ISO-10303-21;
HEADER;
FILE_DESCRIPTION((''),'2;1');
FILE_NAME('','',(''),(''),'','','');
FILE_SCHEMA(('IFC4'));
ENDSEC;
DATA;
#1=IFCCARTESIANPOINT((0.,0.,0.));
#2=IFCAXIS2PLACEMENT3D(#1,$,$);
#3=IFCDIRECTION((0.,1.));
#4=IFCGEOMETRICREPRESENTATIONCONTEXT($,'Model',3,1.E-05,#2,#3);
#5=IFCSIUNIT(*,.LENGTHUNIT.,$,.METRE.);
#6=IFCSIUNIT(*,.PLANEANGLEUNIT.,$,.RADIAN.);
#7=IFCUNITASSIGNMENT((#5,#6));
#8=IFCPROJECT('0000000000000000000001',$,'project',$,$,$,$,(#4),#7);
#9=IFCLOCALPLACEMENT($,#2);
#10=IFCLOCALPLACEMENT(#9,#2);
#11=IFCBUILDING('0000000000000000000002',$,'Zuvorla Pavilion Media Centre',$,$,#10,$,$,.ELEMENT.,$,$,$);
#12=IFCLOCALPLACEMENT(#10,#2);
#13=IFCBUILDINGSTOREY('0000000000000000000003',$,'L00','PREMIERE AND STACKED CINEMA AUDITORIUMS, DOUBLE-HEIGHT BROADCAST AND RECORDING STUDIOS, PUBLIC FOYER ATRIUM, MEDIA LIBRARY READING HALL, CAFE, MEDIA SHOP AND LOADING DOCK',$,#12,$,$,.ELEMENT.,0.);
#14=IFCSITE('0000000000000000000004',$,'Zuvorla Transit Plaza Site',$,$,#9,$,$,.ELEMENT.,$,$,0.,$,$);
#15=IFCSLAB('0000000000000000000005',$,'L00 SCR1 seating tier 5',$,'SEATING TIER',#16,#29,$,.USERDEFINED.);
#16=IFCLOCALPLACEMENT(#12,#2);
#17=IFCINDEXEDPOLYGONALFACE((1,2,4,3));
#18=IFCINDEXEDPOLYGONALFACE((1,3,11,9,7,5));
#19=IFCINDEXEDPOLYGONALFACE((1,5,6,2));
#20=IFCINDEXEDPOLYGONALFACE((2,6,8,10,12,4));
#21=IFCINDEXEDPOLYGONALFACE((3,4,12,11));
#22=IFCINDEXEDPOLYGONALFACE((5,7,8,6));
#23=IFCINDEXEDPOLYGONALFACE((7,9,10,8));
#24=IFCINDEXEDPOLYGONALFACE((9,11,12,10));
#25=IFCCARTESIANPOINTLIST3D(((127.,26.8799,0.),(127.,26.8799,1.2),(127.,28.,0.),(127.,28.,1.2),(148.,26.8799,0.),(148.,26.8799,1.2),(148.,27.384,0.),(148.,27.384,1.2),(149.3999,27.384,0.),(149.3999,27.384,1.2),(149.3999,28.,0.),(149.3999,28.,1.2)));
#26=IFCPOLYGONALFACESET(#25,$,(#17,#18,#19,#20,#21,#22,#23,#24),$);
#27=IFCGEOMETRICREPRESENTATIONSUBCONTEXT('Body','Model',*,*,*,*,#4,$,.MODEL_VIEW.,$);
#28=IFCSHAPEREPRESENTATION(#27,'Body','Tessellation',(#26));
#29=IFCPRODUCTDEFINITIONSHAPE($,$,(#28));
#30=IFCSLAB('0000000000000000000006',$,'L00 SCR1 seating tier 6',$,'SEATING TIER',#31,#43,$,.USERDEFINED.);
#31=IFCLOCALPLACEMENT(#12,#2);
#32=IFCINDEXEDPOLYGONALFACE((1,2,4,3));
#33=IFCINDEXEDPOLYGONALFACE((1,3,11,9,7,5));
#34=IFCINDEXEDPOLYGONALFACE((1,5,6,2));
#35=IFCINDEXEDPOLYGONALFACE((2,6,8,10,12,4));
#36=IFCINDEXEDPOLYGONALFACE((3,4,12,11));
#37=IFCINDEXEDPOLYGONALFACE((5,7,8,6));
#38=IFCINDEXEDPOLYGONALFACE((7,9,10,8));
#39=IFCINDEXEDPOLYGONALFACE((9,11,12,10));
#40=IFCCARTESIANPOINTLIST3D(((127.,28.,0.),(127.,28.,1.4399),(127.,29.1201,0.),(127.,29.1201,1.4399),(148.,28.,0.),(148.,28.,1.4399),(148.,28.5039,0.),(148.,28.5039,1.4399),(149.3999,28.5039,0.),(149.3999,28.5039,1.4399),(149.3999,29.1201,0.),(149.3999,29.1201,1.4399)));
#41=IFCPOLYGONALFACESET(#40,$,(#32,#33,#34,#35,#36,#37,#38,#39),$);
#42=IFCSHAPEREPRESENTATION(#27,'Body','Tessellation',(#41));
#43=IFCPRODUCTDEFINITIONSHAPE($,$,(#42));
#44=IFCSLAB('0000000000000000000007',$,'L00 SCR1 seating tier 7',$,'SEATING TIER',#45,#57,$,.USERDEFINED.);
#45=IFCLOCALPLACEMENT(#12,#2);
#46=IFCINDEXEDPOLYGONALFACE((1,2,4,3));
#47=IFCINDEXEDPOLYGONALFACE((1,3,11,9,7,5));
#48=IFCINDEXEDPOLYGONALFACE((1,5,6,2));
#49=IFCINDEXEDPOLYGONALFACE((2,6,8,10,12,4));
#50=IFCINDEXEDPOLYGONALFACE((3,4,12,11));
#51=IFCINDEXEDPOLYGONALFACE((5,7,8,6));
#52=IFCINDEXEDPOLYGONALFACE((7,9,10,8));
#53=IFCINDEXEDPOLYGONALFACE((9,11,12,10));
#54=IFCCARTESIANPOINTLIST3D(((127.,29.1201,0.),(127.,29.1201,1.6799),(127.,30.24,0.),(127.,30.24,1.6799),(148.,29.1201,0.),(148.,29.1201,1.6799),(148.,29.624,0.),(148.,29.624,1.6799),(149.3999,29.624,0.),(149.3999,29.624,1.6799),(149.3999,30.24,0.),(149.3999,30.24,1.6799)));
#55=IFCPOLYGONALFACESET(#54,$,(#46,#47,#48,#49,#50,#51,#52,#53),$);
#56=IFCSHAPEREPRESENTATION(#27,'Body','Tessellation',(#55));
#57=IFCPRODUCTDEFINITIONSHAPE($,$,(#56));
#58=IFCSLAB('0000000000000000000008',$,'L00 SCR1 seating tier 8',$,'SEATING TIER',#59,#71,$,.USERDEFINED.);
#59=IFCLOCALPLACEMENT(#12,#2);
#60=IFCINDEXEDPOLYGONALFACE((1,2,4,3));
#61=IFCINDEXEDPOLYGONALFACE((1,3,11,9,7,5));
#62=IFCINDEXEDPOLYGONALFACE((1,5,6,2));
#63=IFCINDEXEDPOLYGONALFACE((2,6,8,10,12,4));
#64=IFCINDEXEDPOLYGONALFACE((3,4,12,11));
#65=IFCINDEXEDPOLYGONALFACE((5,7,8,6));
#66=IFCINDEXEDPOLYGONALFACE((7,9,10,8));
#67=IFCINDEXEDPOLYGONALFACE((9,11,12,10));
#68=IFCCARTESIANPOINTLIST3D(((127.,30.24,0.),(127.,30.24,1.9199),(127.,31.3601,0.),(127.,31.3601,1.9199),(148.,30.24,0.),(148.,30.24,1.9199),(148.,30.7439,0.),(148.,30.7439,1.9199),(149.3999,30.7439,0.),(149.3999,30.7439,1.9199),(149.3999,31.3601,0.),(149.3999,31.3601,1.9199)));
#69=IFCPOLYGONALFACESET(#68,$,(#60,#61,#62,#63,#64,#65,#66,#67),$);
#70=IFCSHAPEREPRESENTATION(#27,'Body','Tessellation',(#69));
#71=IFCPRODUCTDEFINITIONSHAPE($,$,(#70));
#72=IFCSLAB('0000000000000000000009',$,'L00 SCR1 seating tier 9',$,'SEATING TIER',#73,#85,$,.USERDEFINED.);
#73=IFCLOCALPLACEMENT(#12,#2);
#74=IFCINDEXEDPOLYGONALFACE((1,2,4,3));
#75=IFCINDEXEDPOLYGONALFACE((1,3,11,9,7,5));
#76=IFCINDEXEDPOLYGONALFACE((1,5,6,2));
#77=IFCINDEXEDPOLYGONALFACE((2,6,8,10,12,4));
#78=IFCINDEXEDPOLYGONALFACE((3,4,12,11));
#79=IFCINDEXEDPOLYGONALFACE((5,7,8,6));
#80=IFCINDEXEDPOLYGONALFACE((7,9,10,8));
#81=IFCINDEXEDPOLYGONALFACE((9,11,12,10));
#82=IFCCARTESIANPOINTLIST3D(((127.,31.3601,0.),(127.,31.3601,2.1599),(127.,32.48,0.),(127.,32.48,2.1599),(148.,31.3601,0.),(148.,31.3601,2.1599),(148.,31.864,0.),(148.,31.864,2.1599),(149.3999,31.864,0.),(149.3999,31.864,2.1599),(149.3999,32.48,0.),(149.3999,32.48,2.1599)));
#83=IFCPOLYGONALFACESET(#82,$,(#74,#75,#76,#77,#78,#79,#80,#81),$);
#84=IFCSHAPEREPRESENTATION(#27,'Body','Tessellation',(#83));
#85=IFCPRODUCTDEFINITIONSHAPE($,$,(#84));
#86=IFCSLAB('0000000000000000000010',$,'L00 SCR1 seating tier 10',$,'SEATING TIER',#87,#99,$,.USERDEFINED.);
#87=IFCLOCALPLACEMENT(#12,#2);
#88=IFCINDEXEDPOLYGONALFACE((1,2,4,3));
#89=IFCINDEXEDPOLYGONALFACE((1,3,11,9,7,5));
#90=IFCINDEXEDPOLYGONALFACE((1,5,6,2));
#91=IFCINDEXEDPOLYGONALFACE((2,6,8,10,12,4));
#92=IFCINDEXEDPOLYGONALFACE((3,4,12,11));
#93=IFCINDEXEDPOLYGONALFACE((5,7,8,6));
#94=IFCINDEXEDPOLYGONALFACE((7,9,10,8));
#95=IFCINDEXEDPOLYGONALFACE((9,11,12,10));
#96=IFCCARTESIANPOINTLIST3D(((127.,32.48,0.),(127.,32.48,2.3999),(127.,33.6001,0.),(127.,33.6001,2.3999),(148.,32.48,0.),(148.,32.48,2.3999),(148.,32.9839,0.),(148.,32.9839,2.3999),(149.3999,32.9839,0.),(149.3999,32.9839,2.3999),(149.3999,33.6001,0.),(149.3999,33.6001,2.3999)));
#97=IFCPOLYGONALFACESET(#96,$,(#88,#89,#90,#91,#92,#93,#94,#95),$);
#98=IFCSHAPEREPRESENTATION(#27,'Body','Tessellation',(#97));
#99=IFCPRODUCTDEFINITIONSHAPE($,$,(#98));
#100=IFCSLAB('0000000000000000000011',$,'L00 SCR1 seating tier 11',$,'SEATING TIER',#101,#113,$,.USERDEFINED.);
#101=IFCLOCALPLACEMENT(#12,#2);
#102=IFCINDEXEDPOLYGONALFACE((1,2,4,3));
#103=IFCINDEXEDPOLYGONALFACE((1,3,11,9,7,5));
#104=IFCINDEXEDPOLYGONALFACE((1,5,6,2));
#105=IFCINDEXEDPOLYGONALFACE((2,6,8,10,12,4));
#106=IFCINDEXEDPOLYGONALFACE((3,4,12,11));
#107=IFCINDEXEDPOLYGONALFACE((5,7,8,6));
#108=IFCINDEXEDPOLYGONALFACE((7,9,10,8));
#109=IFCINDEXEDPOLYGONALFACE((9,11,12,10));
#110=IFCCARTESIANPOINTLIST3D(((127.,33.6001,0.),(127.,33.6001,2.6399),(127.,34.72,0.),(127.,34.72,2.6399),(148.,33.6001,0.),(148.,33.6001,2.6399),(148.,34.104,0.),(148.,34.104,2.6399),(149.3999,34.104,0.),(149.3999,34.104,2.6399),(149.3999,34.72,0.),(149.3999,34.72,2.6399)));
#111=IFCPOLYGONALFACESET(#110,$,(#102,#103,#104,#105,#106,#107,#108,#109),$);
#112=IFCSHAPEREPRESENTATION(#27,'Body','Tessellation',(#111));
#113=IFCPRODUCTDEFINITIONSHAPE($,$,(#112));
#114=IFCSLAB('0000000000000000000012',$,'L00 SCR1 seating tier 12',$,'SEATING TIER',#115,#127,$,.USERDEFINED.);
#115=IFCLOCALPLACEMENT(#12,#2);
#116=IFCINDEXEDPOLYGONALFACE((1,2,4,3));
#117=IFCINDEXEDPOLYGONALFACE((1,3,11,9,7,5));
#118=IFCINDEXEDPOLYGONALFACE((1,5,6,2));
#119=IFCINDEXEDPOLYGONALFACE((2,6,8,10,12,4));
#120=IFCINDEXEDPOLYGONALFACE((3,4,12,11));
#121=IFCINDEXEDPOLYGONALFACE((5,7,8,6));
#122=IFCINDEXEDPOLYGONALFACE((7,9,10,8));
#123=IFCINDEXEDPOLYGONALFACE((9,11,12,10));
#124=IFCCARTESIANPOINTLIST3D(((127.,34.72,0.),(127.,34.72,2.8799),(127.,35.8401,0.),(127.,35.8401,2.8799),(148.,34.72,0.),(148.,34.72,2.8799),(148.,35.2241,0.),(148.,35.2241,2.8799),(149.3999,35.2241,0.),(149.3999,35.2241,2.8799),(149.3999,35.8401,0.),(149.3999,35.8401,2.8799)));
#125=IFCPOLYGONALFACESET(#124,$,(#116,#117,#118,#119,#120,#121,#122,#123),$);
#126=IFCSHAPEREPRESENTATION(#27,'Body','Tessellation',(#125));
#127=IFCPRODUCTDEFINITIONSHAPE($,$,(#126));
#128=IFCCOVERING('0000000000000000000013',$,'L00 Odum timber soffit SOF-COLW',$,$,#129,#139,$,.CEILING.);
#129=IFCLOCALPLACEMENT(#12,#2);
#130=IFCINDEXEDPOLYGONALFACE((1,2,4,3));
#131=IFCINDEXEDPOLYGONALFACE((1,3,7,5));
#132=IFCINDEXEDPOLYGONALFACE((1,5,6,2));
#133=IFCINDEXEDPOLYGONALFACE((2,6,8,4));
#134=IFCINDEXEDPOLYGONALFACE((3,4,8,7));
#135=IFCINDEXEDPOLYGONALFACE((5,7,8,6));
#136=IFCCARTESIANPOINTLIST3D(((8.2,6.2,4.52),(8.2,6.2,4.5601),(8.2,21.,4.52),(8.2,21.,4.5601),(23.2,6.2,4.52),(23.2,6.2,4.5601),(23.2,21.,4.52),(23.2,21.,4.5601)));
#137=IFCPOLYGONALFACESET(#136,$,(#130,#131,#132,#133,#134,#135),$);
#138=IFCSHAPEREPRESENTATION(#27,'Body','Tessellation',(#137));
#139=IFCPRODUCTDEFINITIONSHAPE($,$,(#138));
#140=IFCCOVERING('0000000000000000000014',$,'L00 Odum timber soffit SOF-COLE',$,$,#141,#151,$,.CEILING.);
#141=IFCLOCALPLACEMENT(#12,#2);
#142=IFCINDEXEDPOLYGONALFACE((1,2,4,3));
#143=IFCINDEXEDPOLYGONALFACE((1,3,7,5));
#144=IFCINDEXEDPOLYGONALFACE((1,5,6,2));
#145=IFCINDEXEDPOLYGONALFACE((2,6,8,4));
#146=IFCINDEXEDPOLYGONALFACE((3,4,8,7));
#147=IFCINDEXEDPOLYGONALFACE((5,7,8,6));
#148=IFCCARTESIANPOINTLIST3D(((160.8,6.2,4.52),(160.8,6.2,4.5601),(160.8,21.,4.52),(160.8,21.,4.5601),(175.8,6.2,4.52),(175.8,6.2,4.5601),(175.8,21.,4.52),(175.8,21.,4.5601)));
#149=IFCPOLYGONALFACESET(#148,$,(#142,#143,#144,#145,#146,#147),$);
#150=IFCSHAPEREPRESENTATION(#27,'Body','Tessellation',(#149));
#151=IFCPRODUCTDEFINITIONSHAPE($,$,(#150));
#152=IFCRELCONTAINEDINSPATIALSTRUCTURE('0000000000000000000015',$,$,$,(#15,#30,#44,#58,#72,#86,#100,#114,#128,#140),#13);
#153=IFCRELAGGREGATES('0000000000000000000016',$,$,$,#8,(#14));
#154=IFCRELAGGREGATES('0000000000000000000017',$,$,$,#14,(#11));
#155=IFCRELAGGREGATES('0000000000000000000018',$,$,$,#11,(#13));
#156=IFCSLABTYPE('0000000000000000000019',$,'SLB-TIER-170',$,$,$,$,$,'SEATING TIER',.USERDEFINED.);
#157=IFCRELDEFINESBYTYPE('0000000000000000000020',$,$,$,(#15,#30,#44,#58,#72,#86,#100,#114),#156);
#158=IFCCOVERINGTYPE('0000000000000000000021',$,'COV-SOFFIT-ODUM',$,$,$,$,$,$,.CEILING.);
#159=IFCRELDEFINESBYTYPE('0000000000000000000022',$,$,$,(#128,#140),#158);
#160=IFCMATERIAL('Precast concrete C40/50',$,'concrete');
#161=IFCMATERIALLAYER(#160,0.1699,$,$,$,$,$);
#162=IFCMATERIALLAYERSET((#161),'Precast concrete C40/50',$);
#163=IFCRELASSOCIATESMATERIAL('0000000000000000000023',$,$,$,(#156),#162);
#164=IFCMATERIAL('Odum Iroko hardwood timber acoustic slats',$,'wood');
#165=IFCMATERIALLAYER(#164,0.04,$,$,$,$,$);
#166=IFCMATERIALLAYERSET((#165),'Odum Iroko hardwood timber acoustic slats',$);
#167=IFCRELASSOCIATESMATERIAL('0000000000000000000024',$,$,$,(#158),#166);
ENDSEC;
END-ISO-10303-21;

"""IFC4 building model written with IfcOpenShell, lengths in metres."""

from ifc_helpers import new_model, si_unit, direction, frame, origin, place, context, subcontext, project, spatial, polyline, outline, extrude, material, layer, layer_set, type_object, element, save


model = new_model("IFC4")

# Units and contexts
model_context = context("Model", 3, precision=1e-05, world=origin(), true_north=direction((0.0, 1.0)))
body_context = subcontext(model_context, "Body", "Model", "MODEL_VIEW")
ifc_project = project(units=[si_unit("LENGTHUNIT", "METRE"), si_unit("PLANEANGLEUNIT", "RADIAN")], contexts=[model_context])

# Site, building, storey
site_placement = place(None, origin())
site = spatial("IfcSite", under=ifc_project, at=site_placement, Name="Zuvorla Transit Plaza Site", CompositionType="ELEMENT", RefElevation=0.0)
building_placement = place(site_placement, origin())
building = spatial("IfcBuilding", under=site, at=building_placement, Name="Zuvorla Pavilion Media Centre", CompositionType="ELEMENT")
storey_placement = place(building_placement, origin())
storey = spatial("IfcBuildingStorey", under=building, at=storey_placement, Name="L00", Description="PREMIERE AND STACKED CINEMA AUDITORIUMS, DOUBLE-HEIGHT BROADCAST AND RECORDING STUDIOS, PUBLIC FOYER ATRIUM, MEDIA LIBRARY READING HALL, CAFE, MEDIA SHOP AND LOADING DOCK", CompositionType="ELEMENT", Elevation=0.0)

# Shared definitions
ifc_material_1 = material(Name="Precast concrete C40/50", Category="concrete")

# Slabs
ifc_layer_1 = layer(ifc_material_1, 0.1699)
ifc_layer_set_1 = layer_set([ifc_layer_1], Name="Precast concrete C40/50")
slab_type_1 = type_object("IfcSlabType", Name="SLB-TIER-170", ElementType="SEATING TIER", PredefinedType="USERDEFINED", material=ifc_layer_set_1)
slab_1_placement = place(storey_placement, origin())
element("IfcSlab", 1, at=slab_1_placement, inside=storey, type_object=slab_type_1, Name="L00 SCR1 seating tier 5", ObjectType="SEATING TIER", PredefinedType="USERDEFINED", context=body_context, shape_type="SweptSolid", body=[
    extrude(outline(polyline([(127.0, 26.8799), (148.0, 26.8799), (148.0, 27.384), (149.3999, 27.384), (149.3999, 28.0), (127.0, 28.0), (127.0, 26.8799)])), origin(), (0.0, 0.0, 1.0), 1.2),
])
slab_2_placement = place(storey_placement, origin())
element("IfcSlab", 2, at=slab_2_placement, inside=storey, type_object=slab_type_1, Name="L00 SCR1 seating tier 6", ObjectType="SEATING TIER", PredefinedType="USERDEFINED", context=body_context, shape_type="SweptSolid", body=[
    extrude(outline(polyline([(127.0, 28.0), (148.0, 28.0), (148.0, 28.5039), (149.3999, 28.5039), (149.3999, 29.1201), (127.0, 29.1201), (127.0, 28.0)])), origin(), (0.0, 0.0, 1.0), 1.4399),
])
slab_3_placement = place(storey_placement, origin())
element("IfcSlab", 3, at=slab_3_placement, inside=storey, type_object=slab_type_1, Name="L00 SCR1 seating tier 7", ObjectType="SEATING TIER", PredefinedType="USERDEFINED", context=body_context, shape_type="SweptSolid", body=[
    extrude(outline(polyline([(127.0, 29.1201), (148.0, 29.1201), (148.0, 29.624), (149.3999, 29.624), (149.3999, 30.24), (127.0, 30.24), (127.0, 29.1201)])), origin(), (0.0, 0.0, 1.0), 1.6799),
])
slab_4_placement = place(storey_placement, origin())
element("IfcSlab", 4, at=slab_4_placement, inside=storey, type_object=slab_type_1, Name="L00 SCR1 seating tier 8", ObjectType="SEATING TIER", PredefinedType="USERDEFINED", context=body_context, shape_type="SweptSolid", body=[
    extrude(outline(polyline([(127.0, 30.24), (148.0, 30.24), (148.0, 30.7439), (149.3999, 30.7439), (149.3999, 31.3601), (127.0, 31.3601), (127.0, 30.24)])), origin(), (0.0, 0.0, 1.0), 1.9199),
])
slab_5_placement = place(storey_placement, origin())
element("IfcSlab", 5, at=slab_5_placement, inside=storey, type_object=slab_type_1, Name="L00 SCR1 seating tier 9", ObjectType="SEATING TIER", PredefinedType="USERDEFINED", context=body_context, shape_type="SweptSolid", body=[
    extrude(outline(polyline([(127.0, 31.3601), (148.0, 31.3601), (148.0, 31.864), (149.3999, 31.864), (149.3999, 32.48), (127.0, 32.48), (127.0, 31.3601)])), origin(), (0.0, 0.0, 1.0), 2.1599),
])
slab_6_placement = place(storey_placement, origin())
element("IfcSlab", 6, at=slab_6_placement, inside=storey, type_object=slab_type_1, Name="L00 SCR1 seating tier 10", ObjectType="SEATING TIER", PredefinedType="USERDEFINED", context=body_context, shape_type="SweptSolid", body=[
    extrude(outline(polyline([(127.0, 32.48), (148.0, 32.48), (148.0, 32.9839), (149.3999, 32.9839), (149.3999, 33.6001), (127.0, 33.6001), (127.0, 32.48)])), origin(), (0.0, 0.0, 1.0), 2.3999),
])
slab_7_placement = place(storey_placement, origin())
element("IfcSlab", 7, at=slab_7_placement, inside=storey, type_object=slab_type_1, Name="L00 SCR1 seating tier 11", ObjectType="SEATING TIER", PredefinedType="USERDEFINED", context=body_context, shape_type="SweptSolid", body=[
    extrude(outline(polyline([(127.0, 33.6001), (148.0, 33.6001), (148.0, 34.104), (149.3999, 34.104), (149.3999, 34.72), (127.0, 34.72), (127.0, 33.6001)])), origin(), (0.0, 0.0, 1.0), 2.6399),
])
slab_8_placement = place(storey_placement, origin())
element("IfcSlab", 8, at=slab_8_placement, inside=storey, type_object=slab_type_1, Name="L00 SCR1 seating tier 12", ObjectType="SEATING TIER", PredefinedType="USERDEFINED", context=body_context, shape_type="SweptSolid", body=[
    extrude(outline(polyline([(127.0, 34.72), (148.0, 34.72), (148.0, 35.2241), (149.3999, 35.2241), (149.3999, 35.8401), (127.0, 35.8401), (127.0, 34.72)])), origin(), (0.0, 0.0, 1.0), 2.8799),
])

# Coverings
ifc_material_2 = material(Name="Odum Iroko hardwood timber acoustic slats", Category="wood")
ifc_layer_2 = layer(ifc_material_2, 0.04)
ifc_layer_set_2 = layer_set([ifc_layer_2], Name="Odum Iroko hardwood timber acoustic slats")
covering_type = type_object("IfcCoveringType", Name="COV-SOFFIT-ODUM", PredefinedType="CEILING", material=ifc_layer_set_2)
covering_1_placement = place(storey_placement, frame((0.0, 0.0, 4.52)))
element("IfcCovering", 9, at=covering_1_placement, inside=storey, type_object=covering_type, Name="L00 Odum timber soffit SOF-COLW", PredefinedType="CEILING", context=body_context, shape_type="SweptSolid", body=[
    extrude(outline(polyline([(8.2, 6.2), (23.2, 6.2), (23.2, 21.0), (8.2, 21.0), (8.2, 6.2)])), origin(), (0.0, 0.0, 1.0), 0.04),
])
covering_2_placement = place(storey_placement, frame((0.0, 0.0, 4.52)))
element("IfcCovering", 10, at=covering_2_placement, inside=storey, type_object=covering_type, Name="L00 Odum timber soffit SOF-COLE", PredefinedType="CEILING", context=body_context, shape_type="SweptSolid", body=[
    extrude(outline(polyline([(160.8, 6.2), (175.8, 6.2), (175.8, 21.0), (160.8, 21.0), (160.8, 6.2)])), origin(), (0.0, 0.0, 1.0), 0.04),
])

save(model, "model.ifc")
